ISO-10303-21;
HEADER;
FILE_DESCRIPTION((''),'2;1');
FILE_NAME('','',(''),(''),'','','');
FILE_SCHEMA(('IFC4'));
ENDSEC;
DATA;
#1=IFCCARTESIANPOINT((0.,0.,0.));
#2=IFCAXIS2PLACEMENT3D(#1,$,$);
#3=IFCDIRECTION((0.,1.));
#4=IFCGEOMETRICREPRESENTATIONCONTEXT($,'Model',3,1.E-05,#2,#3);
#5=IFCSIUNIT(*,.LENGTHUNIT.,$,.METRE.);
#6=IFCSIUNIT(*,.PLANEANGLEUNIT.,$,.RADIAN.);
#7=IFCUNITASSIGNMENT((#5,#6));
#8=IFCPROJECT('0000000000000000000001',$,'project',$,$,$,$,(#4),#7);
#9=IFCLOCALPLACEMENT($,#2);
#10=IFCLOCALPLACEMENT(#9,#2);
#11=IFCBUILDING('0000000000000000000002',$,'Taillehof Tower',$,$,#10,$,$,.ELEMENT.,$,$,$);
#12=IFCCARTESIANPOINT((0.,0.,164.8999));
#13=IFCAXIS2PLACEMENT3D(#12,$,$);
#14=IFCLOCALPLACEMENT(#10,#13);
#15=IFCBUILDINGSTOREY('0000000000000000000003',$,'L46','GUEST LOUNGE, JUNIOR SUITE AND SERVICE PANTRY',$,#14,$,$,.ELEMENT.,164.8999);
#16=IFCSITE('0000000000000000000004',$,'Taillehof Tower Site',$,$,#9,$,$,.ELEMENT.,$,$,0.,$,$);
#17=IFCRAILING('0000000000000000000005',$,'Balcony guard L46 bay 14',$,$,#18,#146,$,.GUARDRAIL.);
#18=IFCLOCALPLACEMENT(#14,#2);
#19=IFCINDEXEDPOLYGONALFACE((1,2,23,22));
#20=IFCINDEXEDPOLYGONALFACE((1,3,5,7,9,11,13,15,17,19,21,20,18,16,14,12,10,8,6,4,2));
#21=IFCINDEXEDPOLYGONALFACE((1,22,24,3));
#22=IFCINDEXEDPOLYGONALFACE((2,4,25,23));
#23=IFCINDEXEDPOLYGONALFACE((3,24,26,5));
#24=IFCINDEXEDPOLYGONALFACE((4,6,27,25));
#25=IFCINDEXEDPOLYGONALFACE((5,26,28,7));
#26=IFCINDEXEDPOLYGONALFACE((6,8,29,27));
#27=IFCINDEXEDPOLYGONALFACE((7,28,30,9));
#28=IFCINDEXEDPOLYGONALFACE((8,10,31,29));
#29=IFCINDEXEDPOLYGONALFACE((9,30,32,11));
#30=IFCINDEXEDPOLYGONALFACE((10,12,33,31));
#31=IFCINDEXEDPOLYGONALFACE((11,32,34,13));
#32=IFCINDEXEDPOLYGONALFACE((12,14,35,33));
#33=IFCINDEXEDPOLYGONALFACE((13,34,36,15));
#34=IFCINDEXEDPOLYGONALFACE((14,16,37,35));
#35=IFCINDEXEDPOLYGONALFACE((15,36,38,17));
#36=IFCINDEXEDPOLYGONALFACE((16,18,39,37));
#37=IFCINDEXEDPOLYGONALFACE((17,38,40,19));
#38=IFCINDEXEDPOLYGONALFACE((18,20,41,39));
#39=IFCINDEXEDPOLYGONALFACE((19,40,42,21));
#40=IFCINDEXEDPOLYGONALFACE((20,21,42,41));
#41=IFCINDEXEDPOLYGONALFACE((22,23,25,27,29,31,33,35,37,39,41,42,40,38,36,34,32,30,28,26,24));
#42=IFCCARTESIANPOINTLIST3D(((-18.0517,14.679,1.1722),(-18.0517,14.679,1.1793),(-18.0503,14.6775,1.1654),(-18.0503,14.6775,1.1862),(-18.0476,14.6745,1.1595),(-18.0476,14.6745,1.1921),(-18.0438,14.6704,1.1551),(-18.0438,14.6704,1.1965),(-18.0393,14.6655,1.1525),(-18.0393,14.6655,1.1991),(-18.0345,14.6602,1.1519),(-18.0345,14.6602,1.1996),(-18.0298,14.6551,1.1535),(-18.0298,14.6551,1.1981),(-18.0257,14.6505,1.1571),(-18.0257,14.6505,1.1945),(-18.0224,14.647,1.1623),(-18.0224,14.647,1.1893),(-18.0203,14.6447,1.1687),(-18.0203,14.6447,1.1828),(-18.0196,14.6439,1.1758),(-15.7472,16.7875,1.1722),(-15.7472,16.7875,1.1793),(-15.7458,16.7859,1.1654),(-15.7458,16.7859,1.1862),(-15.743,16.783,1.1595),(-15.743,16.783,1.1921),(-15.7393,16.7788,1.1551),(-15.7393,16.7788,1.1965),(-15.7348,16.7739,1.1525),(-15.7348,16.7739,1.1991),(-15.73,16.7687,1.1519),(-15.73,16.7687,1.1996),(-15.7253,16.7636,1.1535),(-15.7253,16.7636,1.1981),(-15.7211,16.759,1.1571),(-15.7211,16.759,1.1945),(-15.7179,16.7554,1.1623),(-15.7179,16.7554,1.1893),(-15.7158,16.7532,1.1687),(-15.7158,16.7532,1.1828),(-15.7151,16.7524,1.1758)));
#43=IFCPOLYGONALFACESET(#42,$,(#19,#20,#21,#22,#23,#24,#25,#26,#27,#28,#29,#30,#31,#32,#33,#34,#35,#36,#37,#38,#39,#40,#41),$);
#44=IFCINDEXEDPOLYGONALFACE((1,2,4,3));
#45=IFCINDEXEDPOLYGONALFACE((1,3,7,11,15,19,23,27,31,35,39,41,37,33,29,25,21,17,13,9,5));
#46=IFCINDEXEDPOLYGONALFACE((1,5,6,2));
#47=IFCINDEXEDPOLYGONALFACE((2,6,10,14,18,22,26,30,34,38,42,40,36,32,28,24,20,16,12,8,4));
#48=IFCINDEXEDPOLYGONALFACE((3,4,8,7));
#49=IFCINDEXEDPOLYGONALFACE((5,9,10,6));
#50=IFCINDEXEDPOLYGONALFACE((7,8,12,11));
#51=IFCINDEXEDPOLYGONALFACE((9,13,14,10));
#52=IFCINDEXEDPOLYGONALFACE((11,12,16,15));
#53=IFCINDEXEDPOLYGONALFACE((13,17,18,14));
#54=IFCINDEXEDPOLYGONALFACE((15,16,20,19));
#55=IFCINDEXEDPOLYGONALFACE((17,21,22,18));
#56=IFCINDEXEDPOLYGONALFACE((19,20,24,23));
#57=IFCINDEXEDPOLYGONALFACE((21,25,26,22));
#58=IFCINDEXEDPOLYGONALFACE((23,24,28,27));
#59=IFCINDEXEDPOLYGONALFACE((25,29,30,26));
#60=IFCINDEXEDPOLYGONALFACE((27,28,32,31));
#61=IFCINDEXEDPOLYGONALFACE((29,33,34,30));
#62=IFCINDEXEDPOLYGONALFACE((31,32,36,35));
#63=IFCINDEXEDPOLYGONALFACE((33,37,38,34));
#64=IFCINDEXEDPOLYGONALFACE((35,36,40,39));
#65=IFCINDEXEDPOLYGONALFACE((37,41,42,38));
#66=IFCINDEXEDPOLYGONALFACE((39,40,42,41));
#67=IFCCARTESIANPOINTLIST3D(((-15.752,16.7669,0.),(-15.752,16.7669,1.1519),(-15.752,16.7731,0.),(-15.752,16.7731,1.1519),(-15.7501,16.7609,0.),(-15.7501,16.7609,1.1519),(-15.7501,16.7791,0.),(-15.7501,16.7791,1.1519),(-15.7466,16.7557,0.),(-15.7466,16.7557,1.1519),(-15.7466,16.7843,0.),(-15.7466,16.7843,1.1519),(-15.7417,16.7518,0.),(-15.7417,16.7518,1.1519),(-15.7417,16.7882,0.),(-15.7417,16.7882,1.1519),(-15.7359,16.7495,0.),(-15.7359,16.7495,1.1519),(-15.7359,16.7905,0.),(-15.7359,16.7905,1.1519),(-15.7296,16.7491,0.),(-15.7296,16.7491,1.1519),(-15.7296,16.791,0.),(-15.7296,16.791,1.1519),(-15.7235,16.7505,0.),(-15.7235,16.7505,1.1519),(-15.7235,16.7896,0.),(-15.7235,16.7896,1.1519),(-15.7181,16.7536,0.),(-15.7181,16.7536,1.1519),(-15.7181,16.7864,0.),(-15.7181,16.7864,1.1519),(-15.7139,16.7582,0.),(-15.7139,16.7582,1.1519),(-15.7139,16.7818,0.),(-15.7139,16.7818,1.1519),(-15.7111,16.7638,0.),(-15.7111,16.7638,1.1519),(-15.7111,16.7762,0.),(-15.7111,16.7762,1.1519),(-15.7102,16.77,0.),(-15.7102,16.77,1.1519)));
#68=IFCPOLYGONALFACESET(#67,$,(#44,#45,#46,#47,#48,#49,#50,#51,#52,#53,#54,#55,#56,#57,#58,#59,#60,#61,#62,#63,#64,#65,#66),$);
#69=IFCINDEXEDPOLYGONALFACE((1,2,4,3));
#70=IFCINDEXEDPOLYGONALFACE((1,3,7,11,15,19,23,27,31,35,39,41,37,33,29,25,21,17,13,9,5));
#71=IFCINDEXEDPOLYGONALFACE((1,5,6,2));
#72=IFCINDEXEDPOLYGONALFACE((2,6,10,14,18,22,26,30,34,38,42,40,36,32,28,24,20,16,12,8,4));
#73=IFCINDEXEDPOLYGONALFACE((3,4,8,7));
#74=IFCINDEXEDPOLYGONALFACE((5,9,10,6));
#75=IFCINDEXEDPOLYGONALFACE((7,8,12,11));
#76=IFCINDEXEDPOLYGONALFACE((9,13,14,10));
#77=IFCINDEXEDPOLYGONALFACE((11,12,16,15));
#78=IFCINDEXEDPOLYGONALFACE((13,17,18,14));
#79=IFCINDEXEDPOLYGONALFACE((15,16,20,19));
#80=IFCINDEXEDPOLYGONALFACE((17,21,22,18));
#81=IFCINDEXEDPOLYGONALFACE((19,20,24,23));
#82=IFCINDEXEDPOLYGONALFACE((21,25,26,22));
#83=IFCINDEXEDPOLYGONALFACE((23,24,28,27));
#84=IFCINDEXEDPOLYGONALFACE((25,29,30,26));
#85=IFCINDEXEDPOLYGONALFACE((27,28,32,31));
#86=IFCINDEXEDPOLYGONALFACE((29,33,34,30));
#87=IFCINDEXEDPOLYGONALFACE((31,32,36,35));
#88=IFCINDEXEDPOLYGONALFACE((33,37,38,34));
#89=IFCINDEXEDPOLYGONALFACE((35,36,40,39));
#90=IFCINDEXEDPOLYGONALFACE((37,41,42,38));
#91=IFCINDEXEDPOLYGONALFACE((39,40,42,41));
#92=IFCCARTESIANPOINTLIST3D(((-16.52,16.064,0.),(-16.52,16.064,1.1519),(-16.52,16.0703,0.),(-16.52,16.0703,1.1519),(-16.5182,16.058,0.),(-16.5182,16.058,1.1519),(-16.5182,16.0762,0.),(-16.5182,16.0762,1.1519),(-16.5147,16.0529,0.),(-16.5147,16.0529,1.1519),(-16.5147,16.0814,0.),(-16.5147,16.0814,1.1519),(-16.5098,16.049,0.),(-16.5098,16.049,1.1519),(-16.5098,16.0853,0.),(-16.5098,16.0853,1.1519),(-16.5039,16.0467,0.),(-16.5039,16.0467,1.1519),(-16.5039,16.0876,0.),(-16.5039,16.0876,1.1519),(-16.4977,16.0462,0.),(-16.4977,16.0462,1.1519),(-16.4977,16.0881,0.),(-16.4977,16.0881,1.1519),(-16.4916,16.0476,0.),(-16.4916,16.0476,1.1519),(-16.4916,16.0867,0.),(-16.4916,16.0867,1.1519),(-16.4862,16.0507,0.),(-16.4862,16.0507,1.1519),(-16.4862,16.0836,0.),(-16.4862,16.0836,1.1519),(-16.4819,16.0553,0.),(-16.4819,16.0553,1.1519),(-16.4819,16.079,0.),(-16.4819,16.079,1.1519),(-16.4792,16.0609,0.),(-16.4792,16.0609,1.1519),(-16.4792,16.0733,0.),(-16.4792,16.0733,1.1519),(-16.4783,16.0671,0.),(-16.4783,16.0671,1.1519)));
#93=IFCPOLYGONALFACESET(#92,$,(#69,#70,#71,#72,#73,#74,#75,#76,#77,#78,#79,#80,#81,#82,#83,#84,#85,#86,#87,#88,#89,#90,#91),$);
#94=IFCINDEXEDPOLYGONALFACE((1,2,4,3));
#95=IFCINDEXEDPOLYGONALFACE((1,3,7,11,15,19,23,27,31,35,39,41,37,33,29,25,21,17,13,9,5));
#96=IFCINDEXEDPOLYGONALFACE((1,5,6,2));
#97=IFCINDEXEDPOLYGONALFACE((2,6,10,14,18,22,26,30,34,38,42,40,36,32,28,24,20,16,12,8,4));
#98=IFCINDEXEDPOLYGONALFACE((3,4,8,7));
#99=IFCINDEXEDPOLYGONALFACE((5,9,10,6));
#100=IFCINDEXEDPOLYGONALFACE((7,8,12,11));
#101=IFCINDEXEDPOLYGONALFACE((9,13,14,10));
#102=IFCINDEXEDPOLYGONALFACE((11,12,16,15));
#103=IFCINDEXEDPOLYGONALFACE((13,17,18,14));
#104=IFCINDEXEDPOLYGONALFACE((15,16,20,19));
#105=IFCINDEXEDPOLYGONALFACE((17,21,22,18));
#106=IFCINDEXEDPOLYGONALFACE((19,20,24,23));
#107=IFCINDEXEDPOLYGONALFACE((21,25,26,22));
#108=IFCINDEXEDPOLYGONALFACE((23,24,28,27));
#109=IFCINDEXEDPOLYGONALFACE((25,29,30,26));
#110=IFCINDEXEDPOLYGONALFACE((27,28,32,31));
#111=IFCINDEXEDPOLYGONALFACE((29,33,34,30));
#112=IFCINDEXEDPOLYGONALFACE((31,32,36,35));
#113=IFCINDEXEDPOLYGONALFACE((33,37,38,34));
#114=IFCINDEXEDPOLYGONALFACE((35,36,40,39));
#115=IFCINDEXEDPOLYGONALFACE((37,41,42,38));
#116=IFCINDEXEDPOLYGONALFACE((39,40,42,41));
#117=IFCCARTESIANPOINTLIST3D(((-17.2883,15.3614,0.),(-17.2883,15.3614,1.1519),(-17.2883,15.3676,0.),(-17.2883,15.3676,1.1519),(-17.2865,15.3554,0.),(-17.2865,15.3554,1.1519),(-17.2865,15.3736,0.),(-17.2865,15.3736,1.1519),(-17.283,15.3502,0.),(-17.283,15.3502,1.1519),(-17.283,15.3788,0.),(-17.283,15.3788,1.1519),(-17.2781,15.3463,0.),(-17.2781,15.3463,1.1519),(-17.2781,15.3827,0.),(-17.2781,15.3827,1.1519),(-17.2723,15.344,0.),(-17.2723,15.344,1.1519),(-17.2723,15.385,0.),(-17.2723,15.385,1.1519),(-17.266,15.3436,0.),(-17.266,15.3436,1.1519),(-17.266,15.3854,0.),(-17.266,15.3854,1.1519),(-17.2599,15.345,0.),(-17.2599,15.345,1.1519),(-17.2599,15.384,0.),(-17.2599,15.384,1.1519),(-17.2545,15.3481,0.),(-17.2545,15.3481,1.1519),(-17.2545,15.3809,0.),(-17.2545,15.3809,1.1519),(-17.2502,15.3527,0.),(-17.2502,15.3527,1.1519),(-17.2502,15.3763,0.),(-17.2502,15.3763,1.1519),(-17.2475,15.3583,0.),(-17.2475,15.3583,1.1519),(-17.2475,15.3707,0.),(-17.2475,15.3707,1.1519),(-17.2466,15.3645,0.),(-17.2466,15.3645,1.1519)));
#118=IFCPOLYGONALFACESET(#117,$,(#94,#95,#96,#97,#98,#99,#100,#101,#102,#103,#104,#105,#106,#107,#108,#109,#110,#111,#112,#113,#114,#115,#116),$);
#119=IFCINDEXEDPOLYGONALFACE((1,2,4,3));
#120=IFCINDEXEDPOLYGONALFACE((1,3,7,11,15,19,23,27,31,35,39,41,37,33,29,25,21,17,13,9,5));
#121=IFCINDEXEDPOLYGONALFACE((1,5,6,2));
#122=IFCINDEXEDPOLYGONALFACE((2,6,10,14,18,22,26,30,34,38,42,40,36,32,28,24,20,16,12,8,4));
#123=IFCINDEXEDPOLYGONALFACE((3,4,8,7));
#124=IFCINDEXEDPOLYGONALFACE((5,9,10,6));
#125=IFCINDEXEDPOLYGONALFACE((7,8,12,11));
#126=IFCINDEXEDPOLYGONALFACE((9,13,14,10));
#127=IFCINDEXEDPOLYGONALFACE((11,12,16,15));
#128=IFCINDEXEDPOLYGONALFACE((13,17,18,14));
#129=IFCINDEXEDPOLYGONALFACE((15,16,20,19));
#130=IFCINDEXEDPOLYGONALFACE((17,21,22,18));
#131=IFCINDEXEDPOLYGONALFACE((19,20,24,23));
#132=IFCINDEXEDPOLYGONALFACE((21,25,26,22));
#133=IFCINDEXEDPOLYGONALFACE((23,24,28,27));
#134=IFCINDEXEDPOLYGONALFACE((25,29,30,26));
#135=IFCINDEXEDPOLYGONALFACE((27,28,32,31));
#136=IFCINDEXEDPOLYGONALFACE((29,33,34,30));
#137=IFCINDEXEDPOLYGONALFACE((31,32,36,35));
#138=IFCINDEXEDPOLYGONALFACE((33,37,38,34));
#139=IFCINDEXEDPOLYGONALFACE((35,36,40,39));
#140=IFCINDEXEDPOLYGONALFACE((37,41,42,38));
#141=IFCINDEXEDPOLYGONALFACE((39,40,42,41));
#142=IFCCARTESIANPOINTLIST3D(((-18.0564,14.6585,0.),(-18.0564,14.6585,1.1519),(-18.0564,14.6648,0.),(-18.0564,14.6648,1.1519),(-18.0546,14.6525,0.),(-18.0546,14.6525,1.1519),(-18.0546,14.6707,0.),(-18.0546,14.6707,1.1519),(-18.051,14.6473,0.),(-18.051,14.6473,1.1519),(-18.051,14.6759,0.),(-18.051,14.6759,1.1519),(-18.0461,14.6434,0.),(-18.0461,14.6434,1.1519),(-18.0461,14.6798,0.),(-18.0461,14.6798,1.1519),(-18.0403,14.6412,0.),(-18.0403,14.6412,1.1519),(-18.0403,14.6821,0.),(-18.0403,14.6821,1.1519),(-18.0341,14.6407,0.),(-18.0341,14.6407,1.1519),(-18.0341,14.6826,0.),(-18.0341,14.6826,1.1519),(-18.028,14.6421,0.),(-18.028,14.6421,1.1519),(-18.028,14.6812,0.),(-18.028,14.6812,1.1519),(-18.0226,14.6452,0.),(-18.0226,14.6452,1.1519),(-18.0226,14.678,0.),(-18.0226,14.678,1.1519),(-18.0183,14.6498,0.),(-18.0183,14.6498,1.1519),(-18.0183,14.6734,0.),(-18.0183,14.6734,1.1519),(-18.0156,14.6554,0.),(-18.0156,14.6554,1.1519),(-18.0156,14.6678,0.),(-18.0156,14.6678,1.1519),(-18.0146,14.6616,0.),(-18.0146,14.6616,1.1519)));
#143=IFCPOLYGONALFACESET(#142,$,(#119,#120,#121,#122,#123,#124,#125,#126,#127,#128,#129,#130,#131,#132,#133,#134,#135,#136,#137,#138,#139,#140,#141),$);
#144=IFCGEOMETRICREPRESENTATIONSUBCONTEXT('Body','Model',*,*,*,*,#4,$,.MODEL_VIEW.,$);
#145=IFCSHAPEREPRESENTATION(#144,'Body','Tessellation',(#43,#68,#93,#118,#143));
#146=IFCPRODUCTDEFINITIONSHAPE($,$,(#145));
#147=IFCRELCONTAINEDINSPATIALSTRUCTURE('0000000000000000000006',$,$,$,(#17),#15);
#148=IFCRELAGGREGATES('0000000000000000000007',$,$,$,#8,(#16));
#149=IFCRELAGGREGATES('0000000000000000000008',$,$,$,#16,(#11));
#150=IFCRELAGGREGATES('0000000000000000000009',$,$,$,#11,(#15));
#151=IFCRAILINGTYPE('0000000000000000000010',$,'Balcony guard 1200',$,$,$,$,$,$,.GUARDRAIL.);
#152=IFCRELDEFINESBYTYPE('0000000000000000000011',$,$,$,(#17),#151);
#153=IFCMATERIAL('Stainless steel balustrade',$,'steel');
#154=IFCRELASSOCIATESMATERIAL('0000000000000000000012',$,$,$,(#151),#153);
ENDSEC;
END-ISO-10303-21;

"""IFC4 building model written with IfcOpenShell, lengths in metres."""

from ifc_helpers import new_model, si_unit, direction, frame, origin, origin_2d, place, context, subcontext, project, spatial, circle, extrude, material, type_object, element, save


model = new_model("IFC4")

# Units and contexts
model_context = context("Model", 3, precision=1e-05, world=origin(), true_north=direction((0.0, 1.0)))
body_context = subcontext(model_context, "Body", "Model", "MODEL_VIEW")
ifc_project = project(units=[si_unit("LENGTHUNIT", "METRE"), si_unit("PLANEANGLEUNIT", "RADIAN")], contexts=[model_context])

# Site, building, storey
site_placement = place(None, origin())
site = spatial("IfcSite", under=ifc_project, at=site_placement, Name="Taillehof Tower Site", CompositionType="ELEMENT", RefElevation=0.0)
building_placement = place(site_placement, origin())
building = spatial("IfcBuilding", under=site, at=building_placement, Name="Taillehof Tower", CompositionType="ELEMENT")
storey_placement = place(building_placement, frame((0.0, 0.0, 164.8999)))
storey = spatial("IfcBuildingStorey", under=building, at=storey_placement, Name="L46", Description="GUEST LOUNGE, JUNIOR SUITE AND SERVICE PANTRY", CompositionType="ELEMENT", Elevation=164.8999)

# Railing
ifc_material_1 = material(Name="Stainless steel balustrade", Category="steel")
railing_type = type_object("IfcRailingType", Name="Balcony guard 1200", PredefinedType="GUARDRAIL", material=ifc_material_1)
railing_1_placement = place(storey_placement, frame((-15.7312, 16.77, 0.0)))
element("IfcRailing", 1, at=railing_1_placement, inside=storey, type_object=railing_type, Name="Balcony guard L46 bay 14", PredefinedType="GUARDRAIL", context=body_context, shape_type="SweptSolid", body=[
    extrude(circle(Radius=0.0239, at=origin_2d()), frame((0.0, 0.0, 1.1758), z_axis=(-0.737793, -0.675027, 0.0), x_axis=(0.675027, -0.737793, 0.0)), (0.0, 0.0, 1.0), 3.1235),
    extrude(circle(Radius=0.021, at=origin_2d()), origin(), (0.0, 0.0, 1.0), 1.1519),
    extrude(circle(Radius=0.021, at=origin_2d()), frame((-0.7681, -0.7029, 0.0)), (0.0, 0.0, 1.0), 1.1519),
    extrude(circle(Radius=0.021, at=origin_2d()), frame((-1.5364, -1.4055, 0.0)), (0.0, 0.0, 1.0), 1.1519),
    extrude(circle(Radius=0.021, at=origin_2d()), frame((-2.3044, -2.1084, 0.0)), (0.0, 0.0, 1.0), 1.1519),
])

save(model, "model.ifc")
